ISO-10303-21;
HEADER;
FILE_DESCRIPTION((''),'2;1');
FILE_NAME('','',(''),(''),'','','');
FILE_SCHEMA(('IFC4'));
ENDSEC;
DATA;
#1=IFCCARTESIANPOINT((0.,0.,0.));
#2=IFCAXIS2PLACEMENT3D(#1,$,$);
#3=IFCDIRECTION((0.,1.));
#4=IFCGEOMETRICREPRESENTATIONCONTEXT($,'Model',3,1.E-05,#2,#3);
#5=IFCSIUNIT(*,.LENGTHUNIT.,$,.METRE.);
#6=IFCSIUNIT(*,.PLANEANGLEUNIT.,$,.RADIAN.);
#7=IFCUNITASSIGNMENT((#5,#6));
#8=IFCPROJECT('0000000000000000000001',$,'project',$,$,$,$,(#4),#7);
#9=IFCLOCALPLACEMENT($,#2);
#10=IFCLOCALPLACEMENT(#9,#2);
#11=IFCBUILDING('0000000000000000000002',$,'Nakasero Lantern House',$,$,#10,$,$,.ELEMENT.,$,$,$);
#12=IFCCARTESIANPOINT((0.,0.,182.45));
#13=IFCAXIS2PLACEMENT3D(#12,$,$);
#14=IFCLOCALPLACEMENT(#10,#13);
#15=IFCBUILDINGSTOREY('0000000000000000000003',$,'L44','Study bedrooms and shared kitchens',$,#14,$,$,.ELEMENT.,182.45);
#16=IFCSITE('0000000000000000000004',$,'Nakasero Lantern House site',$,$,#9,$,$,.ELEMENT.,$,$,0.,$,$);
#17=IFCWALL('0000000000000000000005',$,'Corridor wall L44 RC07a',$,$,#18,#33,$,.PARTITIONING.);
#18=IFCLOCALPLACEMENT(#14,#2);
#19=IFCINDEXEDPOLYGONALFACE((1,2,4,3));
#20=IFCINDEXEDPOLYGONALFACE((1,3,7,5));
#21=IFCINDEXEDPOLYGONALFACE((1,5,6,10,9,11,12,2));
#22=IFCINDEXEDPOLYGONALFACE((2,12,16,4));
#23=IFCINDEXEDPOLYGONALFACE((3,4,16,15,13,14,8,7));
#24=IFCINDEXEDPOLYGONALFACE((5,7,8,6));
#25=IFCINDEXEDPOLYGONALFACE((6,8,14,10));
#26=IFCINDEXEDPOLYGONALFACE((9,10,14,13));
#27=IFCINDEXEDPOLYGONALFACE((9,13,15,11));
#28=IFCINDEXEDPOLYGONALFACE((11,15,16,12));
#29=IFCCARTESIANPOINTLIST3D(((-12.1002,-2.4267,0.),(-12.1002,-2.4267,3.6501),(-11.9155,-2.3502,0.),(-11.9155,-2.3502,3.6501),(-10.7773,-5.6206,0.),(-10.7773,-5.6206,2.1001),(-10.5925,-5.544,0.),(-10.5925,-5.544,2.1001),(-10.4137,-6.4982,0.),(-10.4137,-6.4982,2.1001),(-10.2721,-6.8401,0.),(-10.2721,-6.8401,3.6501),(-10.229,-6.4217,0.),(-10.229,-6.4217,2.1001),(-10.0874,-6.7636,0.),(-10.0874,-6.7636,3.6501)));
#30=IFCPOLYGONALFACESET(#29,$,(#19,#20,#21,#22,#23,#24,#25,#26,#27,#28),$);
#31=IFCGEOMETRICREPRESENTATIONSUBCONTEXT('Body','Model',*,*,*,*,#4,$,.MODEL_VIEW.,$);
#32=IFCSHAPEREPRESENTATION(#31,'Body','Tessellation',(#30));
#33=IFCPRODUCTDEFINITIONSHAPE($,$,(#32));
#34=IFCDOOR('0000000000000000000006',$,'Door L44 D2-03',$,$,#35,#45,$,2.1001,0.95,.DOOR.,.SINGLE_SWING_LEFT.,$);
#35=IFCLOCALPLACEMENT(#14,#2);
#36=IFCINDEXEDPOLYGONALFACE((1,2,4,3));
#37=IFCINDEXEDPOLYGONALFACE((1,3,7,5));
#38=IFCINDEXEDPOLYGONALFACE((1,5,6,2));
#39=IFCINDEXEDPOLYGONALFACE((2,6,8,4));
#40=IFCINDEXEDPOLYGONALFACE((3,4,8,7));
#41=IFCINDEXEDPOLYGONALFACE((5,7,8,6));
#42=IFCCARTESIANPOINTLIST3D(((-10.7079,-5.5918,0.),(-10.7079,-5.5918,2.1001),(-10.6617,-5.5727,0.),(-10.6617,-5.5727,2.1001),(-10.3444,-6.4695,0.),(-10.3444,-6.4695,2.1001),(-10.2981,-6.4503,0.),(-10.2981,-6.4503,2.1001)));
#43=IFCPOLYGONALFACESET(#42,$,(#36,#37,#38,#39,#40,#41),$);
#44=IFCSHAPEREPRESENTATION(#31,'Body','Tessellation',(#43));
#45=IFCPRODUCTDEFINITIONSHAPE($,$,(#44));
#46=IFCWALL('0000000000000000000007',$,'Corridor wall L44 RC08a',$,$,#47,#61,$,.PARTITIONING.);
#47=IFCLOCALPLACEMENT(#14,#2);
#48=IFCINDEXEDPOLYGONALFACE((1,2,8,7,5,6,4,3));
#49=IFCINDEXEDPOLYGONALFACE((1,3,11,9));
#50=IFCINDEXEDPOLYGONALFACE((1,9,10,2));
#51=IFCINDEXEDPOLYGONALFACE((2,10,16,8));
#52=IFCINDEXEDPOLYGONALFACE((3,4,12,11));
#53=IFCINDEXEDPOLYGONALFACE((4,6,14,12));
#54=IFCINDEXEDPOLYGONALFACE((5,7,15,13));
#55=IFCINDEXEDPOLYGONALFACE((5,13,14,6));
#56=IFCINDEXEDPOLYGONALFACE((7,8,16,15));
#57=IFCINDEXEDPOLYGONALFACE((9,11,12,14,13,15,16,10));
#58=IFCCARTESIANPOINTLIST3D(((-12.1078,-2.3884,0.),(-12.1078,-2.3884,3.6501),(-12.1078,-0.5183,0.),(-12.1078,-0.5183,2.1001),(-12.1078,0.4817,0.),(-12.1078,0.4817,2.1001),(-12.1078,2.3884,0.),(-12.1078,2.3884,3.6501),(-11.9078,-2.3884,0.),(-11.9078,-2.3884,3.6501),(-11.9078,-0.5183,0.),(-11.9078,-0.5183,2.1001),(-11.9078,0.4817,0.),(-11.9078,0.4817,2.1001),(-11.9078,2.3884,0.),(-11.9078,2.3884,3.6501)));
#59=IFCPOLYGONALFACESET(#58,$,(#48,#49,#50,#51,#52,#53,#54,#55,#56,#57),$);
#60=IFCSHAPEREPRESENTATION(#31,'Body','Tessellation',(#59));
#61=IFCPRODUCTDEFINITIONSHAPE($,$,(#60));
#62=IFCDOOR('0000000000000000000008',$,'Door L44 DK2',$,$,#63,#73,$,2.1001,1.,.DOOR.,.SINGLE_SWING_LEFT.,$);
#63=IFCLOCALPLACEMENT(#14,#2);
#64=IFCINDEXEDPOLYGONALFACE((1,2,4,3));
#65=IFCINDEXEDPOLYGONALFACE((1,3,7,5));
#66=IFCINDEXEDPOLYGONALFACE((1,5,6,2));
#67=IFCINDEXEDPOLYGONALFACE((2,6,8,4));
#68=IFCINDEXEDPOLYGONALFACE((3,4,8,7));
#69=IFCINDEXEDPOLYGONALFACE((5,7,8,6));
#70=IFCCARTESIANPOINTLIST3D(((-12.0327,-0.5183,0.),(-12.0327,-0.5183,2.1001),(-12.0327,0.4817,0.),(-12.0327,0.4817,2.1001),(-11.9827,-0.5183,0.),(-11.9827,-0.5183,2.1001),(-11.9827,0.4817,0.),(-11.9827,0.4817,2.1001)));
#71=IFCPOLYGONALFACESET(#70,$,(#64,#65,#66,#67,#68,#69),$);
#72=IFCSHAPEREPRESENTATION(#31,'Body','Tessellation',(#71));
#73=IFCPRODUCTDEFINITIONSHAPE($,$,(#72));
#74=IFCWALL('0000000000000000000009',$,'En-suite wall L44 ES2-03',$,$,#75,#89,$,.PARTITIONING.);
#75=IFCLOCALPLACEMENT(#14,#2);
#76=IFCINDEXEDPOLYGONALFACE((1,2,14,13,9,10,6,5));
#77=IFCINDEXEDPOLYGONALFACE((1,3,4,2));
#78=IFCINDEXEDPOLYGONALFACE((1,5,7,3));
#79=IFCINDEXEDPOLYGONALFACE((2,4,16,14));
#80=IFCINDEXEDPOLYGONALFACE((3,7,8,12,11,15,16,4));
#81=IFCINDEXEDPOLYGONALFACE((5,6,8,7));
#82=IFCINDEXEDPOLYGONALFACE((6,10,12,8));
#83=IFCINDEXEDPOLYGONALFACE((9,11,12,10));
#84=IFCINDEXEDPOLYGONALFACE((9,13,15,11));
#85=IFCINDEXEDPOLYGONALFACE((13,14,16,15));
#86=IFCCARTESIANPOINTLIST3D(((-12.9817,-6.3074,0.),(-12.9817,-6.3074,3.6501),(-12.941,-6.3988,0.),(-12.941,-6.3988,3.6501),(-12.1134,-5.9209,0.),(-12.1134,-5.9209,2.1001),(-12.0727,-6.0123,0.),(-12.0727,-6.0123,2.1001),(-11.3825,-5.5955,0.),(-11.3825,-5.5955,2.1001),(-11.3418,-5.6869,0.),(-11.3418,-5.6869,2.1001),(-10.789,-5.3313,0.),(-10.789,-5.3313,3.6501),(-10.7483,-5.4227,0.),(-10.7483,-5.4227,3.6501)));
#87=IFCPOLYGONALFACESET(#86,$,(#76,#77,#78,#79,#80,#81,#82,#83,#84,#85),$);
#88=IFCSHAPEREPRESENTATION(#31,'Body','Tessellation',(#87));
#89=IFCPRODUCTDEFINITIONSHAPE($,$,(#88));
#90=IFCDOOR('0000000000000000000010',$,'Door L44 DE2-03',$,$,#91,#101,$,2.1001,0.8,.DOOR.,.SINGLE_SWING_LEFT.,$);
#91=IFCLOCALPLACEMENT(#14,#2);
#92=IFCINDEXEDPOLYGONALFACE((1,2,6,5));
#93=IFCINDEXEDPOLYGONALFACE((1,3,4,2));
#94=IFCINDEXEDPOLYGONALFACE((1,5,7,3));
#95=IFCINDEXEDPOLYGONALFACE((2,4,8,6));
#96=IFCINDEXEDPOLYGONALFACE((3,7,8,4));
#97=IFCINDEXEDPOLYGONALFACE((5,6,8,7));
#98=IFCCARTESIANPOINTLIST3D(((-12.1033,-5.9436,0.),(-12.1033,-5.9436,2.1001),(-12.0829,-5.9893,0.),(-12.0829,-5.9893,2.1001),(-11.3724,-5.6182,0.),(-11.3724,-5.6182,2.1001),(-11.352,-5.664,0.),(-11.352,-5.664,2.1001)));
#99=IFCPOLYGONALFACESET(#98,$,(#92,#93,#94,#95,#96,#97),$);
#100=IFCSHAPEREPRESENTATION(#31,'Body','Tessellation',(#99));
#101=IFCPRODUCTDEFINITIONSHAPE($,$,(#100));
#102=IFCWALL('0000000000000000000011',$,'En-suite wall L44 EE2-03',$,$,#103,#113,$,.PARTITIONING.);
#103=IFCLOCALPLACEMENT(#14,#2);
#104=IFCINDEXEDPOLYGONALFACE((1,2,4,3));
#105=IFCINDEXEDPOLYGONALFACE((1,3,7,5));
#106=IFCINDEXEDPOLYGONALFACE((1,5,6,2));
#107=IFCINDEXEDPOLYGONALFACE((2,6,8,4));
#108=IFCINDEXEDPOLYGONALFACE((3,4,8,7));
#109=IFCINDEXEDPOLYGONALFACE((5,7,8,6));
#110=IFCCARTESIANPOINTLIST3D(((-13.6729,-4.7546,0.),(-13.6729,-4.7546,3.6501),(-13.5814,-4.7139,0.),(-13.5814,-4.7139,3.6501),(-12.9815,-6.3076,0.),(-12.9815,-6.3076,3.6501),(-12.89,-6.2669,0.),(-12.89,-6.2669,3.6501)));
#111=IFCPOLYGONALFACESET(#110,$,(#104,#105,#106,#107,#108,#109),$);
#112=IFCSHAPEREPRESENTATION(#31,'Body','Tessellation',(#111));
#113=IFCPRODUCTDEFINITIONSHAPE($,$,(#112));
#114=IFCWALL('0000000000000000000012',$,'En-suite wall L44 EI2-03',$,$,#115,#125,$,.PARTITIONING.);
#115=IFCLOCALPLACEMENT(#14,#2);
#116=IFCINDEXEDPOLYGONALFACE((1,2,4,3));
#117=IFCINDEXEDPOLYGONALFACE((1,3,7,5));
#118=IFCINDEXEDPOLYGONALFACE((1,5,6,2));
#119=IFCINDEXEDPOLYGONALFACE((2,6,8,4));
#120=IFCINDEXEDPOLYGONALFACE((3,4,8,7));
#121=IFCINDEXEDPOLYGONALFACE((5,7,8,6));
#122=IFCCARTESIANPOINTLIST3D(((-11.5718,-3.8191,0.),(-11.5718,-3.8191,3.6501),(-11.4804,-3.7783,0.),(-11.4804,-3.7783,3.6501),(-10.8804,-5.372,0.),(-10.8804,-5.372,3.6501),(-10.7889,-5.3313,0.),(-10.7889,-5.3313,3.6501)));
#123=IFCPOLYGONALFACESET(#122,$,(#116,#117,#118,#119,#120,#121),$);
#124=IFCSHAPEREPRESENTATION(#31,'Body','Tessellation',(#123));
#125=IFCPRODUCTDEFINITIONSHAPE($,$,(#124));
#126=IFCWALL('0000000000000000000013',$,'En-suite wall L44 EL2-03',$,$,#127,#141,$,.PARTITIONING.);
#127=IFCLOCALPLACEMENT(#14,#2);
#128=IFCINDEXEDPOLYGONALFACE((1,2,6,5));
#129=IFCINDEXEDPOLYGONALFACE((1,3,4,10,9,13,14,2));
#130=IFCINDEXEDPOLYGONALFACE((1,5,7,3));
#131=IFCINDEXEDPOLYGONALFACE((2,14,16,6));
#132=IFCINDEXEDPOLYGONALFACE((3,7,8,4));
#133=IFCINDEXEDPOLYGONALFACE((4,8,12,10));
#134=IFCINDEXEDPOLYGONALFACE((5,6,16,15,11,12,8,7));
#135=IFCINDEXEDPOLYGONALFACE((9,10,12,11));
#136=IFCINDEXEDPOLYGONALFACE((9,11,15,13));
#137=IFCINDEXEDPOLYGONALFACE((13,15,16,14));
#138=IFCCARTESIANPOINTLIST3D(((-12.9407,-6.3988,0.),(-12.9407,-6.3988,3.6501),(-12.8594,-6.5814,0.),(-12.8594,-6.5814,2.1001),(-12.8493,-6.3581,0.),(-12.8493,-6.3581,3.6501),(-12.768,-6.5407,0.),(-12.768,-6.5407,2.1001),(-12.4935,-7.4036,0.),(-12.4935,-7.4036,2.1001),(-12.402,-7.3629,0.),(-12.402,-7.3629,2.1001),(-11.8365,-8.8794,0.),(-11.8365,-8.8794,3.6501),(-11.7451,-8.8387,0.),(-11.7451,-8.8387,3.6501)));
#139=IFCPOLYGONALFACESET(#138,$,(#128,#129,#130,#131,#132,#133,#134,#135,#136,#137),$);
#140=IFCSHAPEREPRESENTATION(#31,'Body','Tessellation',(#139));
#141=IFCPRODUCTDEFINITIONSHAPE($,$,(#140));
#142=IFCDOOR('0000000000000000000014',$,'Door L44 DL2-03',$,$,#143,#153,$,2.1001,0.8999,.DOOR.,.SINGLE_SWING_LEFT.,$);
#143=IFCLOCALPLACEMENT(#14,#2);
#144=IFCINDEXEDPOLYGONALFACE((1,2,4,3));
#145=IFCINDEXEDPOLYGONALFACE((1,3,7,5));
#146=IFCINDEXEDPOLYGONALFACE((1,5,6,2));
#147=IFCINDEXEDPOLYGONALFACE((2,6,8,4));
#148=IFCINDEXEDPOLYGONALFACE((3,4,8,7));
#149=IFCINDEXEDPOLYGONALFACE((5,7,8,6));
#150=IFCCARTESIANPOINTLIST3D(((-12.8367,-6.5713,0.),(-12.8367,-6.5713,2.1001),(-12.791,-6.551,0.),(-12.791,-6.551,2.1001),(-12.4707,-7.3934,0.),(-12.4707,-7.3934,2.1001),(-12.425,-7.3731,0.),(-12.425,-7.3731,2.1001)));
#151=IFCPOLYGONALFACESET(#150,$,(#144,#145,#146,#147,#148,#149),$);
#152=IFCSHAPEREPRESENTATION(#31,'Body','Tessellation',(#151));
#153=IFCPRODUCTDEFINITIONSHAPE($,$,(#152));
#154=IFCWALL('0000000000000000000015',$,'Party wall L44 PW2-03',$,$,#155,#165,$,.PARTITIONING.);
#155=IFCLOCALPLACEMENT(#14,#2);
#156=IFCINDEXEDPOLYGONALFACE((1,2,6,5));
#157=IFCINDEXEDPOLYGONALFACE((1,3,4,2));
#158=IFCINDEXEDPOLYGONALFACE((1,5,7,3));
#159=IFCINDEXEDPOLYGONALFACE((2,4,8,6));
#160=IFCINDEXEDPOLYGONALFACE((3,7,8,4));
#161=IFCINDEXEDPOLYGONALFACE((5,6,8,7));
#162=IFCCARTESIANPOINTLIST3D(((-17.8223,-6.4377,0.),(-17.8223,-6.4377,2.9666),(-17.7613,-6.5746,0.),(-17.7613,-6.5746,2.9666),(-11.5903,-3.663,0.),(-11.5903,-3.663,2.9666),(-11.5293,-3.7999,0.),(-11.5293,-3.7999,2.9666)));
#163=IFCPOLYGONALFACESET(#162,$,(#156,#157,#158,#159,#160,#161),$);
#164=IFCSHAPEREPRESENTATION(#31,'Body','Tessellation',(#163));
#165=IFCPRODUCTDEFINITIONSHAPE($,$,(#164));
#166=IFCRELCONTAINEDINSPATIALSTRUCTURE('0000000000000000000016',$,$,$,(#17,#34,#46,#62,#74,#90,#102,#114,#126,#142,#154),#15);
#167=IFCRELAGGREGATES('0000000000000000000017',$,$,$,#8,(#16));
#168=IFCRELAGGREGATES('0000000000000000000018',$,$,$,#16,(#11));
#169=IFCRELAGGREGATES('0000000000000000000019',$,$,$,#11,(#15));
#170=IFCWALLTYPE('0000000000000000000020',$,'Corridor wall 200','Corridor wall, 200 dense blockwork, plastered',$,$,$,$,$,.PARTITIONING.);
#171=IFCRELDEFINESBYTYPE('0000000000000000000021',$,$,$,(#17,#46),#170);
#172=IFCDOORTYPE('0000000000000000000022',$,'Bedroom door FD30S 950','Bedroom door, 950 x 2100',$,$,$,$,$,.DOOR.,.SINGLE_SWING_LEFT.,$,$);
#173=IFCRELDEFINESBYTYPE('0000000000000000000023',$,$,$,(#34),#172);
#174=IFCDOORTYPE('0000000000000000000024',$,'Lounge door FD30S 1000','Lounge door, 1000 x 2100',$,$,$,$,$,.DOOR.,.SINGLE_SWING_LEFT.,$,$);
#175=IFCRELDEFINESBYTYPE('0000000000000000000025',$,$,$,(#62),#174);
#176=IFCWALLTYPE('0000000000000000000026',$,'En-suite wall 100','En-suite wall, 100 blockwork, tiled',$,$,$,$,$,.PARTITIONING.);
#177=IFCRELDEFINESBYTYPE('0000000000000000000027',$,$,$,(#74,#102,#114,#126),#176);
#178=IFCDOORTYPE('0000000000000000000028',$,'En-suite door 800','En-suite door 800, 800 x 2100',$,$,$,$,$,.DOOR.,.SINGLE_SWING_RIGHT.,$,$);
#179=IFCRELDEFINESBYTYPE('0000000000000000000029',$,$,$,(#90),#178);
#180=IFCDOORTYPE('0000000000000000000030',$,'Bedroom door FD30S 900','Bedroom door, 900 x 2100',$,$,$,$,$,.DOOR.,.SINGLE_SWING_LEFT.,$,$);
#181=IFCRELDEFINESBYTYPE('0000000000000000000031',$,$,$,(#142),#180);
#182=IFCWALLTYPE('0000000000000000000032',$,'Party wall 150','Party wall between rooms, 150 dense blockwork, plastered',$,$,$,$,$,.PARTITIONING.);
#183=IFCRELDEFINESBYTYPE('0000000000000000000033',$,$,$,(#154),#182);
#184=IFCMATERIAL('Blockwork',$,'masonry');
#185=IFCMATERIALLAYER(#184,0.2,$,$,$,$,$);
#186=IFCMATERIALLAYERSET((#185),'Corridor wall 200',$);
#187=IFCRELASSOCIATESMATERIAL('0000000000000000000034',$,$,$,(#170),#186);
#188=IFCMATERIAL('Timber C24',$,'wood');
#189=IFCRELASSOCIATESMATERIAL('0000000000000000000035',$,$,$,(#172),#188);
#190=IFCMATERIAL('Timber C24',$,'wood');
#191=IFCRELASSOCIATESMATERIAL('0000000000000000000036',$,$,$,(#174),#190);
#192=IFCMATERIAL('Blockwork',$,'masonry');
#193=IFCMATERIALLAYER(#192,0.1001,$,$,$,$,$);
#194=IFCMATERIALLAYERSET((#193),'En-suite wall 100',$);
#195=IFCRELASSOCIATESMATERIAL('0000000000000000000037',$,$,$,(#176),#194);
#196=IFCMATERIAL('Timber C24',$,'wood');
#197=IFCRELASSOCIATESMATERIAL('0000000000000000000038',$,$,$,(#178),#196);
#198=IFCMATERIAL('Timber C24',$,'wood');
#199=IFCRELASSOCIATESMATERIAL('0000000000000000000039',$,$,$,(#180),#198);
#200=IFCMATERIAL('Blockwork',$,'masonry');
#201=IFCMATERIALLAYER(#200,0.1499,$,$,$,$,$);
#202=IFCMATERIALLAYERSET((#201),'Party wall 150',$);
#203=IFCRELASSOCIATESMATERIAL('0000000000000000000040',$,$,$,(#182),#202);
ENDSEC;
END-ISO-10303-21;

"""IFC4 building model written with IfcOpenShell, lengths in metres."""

from ifc_helpers import new_model, si_unit, direction, frame, frame_2d, origin, place, context, subcontext, project, spatial, rectangle, extrude, material, layer, layer_set, type_object, element, fill, save


model = new_model("IFC4")

# Units and contexts
model_context = context("Model", 3, precision=1e-05, world=origin(), true_north=direction((0.0, 1.0)))
body_context = subcontext(model_context, "Body", "Model", "MODEL_VIEW")
ifc_project = project(units=[si_unit("LENGTHUNIT", "METRE"), si_unit("PLANEANGLEUNIT", "RADIAN")], contexts=[model_context])

# Site, building, storey
site_placement = place(None, origin())
site = spatial("IfcSite", under=ifc_project, at=site_placement, Name="Nakasero Lantern House site", CompositionType="ELEMENT", RefElevation=0.0)
building_placement = place(site_placement, origin())
building = spatial("IfcBuilding", under=site, at=building_placement, Name="Nakasero Lantern House", CompositionType="ELEMENT")
storey_placement = place(building_placement, frame((0.0, 0.0, 182.45)))
storey = spatial("IfcBuildingStorey", under=building, at=storey_placement, Name="L44", Description="Study bedrooms and shared kitchens", CompositionType="ELEMENT", Elevation=182.45)

# Walls, openings, doors
ifc_material_1 = material(Name="Blockwork", Category="masonry")
ifc_layer_1 = layer(ifc_material_1, 0.2)
ifc_layer_set_1 = layer_set([ifc_layer_1], Name="Corridor wall 200")
wall_type_1 = type_object("IfcWallType", Name="Corridor wall 200", Description="Corridor wall, 200 dense blockwork, plastered", PredefinedType="PARTITIONING", material=ifc_layer_set_1)
wall_1_placement = place(storey_placement, frame((-10.1797, -6.802, 0.0), z_axis=(0.0, 0.0, 1.0), x_axis=(-0.382677, 0.923882, 0.0)))
wall_1 = element("IfcWall", 1, at=wall_1_placement, inside=storey, type_object=wall_type_1, Name="Corridor wall L44 RC07a", PredefinedType="PARTITIONING", context=body_context, shape_type="SweptSolid", body=[
    extrude(rectangle(XDim=4.7771, YDim=0.2, at=frame_2d((2.3887, 0.0))), origin(), (0.0, 0.0, 1.0), 3.6501),
])
opening_1_placement = place(wall_1_placement, frame((0.3701, 0.0, 0.0)))
opening_1 = element("IfcOpeningElement", 2, at=opening_1_placement, cuts=wall_1, PredefinedType="OPENING", context=body_context, shape_type="SweptSolid", body=[
    extrude(rectangle(XDim=0.95, YDim=2.1001, at=frame_2d((0.4751, 1.05))), frame((0.0, 0.1199, 0.0), z_axis=(0.0, -1.0, 0.0), x_axis=(1.0, 0.0, 0.0)), (0.0, 0.0, 1.0), 0.24),
])
ifc_material_2 = material(Name="Timber C24", Category="wood")
door_type_1 = type_object("IfcDoorType", Name="Bedroom door FD30S 950", Description="Bedroom door, 950 x 2100", OperationType="SINGLE_SWING_LEFT", PredefinedType="DOOR", material=ifc_material_2)
door_1_placement = place(opening_1_placement, origin())
door_1 = element("IfcDoor", 3, at=door_1_placement, inside=storey, type_object=door_type_1, Name="Door L44 D2-03", OperationType="SINGLE_SWING_LEFT", OverallHeight=2.1001, OverallWidth=0.95, PredefinedType="DOOR", context=body_context, shape_type="SweptSolid", body=[
    extrude(rectangle(XDim=0.95, YDim=2.1001, at=frame_2d((0.4751, 1.05))), frame((0.0, 0.0249, 0.0), z_axis=(0.0, -1.0, 0.0), x_axis=(1.0, 0.0, 0.0)), (0.0, 0.0, 1.0), 0.05),
])
fill(opening_1, door_1)
wall_2_placement = place(storey_placement, frame((-12.0078, -2.3884, 0.0), z_axis=(0.0, 0.0, 1.0), x_axis=(0.0, 1.0, 0.0)))
wall_2 = element("IfcWall", 4, at=wall_2_placement, inside=storey, type_object=wall_type_1, Name="Corridor wall L44 RC08a", PredefinedType="PARTITIONING", context=body_context, shape_type="SweptSolid", body=[
    extrude(rectangle(XDim=4.7769, YDim=0.2, at=frame_2d((2.3884, 0.0))), origin(), (0.0, 0.0, 1.0), 3.6501),
])
opening_2_placement = place(wall_2_placement, frame((1.8701, 0.0, 0.0)))
opening_2 = element("IfcOpeningElement", 5, at=opening_2_placement, cuts=wall_2, PredefinedType="OPENING", context=body_context, shape_type="SweptSolid", body=[
    extrude(rectangle(XDim=1.0, YDim=2.1001, at=frame_2d((0.5, 1.05))), frame((0.0, 0.1199, 0.0), z_axis=(0.0, -1.0, 0.0), x_axis=(1.0, 0.0, 0.0)), (0.0, 0.0, 1.0), 0.24),
])
ifc_material_3 = material(Name="Timber C24", Category="wood")
door_type_2 = type_object("IfcDoorType", Name="Lounge door FD30S 1000", Description="Lounge door, 1000 x 2100", OperationType="SINGLE_SWING_LEFT", PredefinedType="DOOR", material=ifc_material_3)
door_2_placement = place(opening_2_placement, origin())
door_2 = element("IfcDoor", 6, at=door_2_placement, inside=storey, type_object=door_type_2, Name="Door L44 DK2", OperationType="SINGLE_SWING_LEFT", OverallHeight=2.1001, OverallWidth=1.0, PredefinedType="DOOR", context=body_context, shape_type="SweptSolid", body=[
    extrude(rectangle(XDim=1.0, YDim=2.1001, at=frame_2d((0.5, 1.05))), frame((0.0, 0.0249, 0.0), z_axis=(0.0, -1.0, 0.0), x_axis=(1.0, 0.0, 0.0)), (0.0, 0.0, 1.0), 0.05),
])
fill(opening_2, door_2)
ifc_material_4 = material(Name="Blockwork", Category="masonry")
ifc_layer_2 = layer(ifc_material_4, 0.1001)
ifc_layer_set_2 = layer_set([ifc_layer_2], Name="En-suite wall 100")
wall_type_2 = type_object("IfcWallType", Name="En-suite wall 100", Description="En-suite wall, 100 blockwork, tiled", PredefinedType="PARTITIONING", material=ifc_layer_set_2)
wall_3_placement = place(storey_placement, frame((-10.7686, -5.377, 0.0), z_axis=(0.0, 0.0, 1.0), x_axis=(-0.913568, -0.406686, 0.0)))
wall_3 = element("IfcWall", 7, at=wall_3_placement, inside=storey, type_object=wall_type_2, Name="En-suite wall L44 ES2-03", PredefinedType="PARTITIONING", context=body_context, shape_type="SweptSolid", body=[
    extrude(rectangle(XDim=2.4001, YDim=0.1001, at=frame_2d((1.2002, 0.0))), origin(), (0.0, 0.0, 1.0), 3.6501),
])
opening_3_placement = place(wall_3_placement, frame((0.6499, 0.0, 0.0)))
opening_3 = element("IfcOpeningElement", 8, at=opening_3_placement, cuts=wall_3, PredefinedType="OPENING", context=body_context, shape_type="SweptSolid", body=[
    extrude(rectangle(XDim=0.8, YDim=2.1001, at=frame_2d((0.3999, 1.05))), frame((0.0, 0.0701, 0.0), z_axis=(0.0, -1.0, 0.0), x_axis=(1.0, 0.0, 0.0)), (0.0, 0.0, 1.0), 0.1401),
])
ifc_material_5 = material(Name="Timber C24", Category="wood")
door_type_3 = type_object("IfcDoorType", Name="En-suite door 800", Description="En-suite door 800, 800 x 2100", OperationType="SINGLE_SWING_RIGHT", PredefinedType="DOOR", material=ifc_material_5)
door_3_placement = place(opening_3_placement, origin())
door_3 = element("IfcDoor", 9, at=door_3_placement, inside=storey, type_object=door_type_3, Name="Door L44 DE2-03", OperationType="SINGLE_SWING_LEFT", OverallHeight=2.1001, OverallWidth=0.8, PredefinedType="DOOR", context=body_context, shape_type="SweptSolid", body=[
    extrude(rectangle(XDim=0.8, YDim=2.1001, at=frame_2d((0.3999, 1.05))), frame((0.0, 0.0249, 0.0), z_axis=(0.0, -1.0, 0.0), x_axis=(1.0, 0.0, 0.0)), (0.0, 0.0, 1.0), 0.05),
])
fill(opening_3, door_3)

# Walls
for number, where, z_axis, x_axis, name in (
    (10, (-13.6272, -4.7341, 0.0), (0.0, 0.0, 1.0), (0.406725, -0.913551, 0.0), "En-suite wall L44 EE2-03"),
    (11, (-11.5261, -3.7986, 0.0), (0.0, 0.0, 1.0), (0.406725, -0.913551, 0.0), "En-suite wall L44 EI2-03"),
):
    element("IfcWall", number, at=place(storey_placement, frame(where, z_axis=z_axis, x_axis=x_axis)), inside=storey, type_object=wall_type_2, Name=name, PredefinedType="PARTITIONING", context=body_context, shape_type="SweptSolid", body=[
        extrude(rectangle(XDim=1.7, YDim=0.1001, at=frame_2d((0.8501, 0.0))), origin(), (0.0, 0.0, 1.0), 3.6501),
    ])

# Wall, opening, door
wall_4_placement = place(storey_placement, frame((-12.895, -6.3784, 0.0), z_axis=(0.0, 0.0, 1.0), x_axis=(0.406664, -0.913578, 0.0)))
wall_4 = element("IfcWall", 12, at=wall_4_placement, inside=storey, type_object=wall_type_2, Name="En-suite wall L44 EL2-03", PredefinedType="PARTITIONING", context=body_context, shape_type="SweptSolid", body=[
    extrude(rectangle(XDim=2.7153, YDim=0.1001, at=frame_2d((1.3577, 0.0))), origin(), (0.0, 0.0, 1.0), 3.6501),
])
opening_4_placement = place(wall_4_placement, frame((0.2, 0.0, 0.0)))
opening_4 = element("IfcOpeningElement", 13, at=opening_4_placement, cuts=wall_4, PredefinedType="OPENING", context=body_context, shape_type="SweptSolid", body=[
    extrude(rectangle(XDim=0.8999, YDim=2.1001, at=frame_2d((0.45, 1.05))), frame((0.0, 0.0701, 0.0), z_axis=(0.0, -1.0, 0.0), x_axis=(1.0, 0.0, 0.0)), (0.0, 0.0, 1.0), 0.1401),
])
ifc_material_6 = material(Name="Timber C24", Category="wood")
door_type_4 = type_object("IfcDoorType", Name="Bedroom door FD30S 900", Description="Bedroom door, 900 x 2100", OperationType="SINGLE_SWING_LEFT", PredefinedType="DOOR", material=ifc_material_6)
door_4_placement = place(opening_4_placement, origin())
door_4 = element("IfcDoor", 14, at=door_4_placement, inside=storey, type_object=door_type_4, Name="Door L44 DL2-03", OperationType="SINGLE_SWING_LEFT", OverallHeight=2.1001, OverallWidth=0.8999, PredefinedType="DOOR", context=body_context, shape_type="SweptSolid", body=[
    extrude(rectangle(XDim=0.8999, YDim=2.1001, at=frame_2d((0.45, 1.05))), frame((0.0, 0.0249, 0.0), z_axis=(0.0, -1.0, 0.0), x_axis=(1.0, 0.0, 0.0)), (0.0, 0.0, 1.0), 0.05),
])
fill(opening_4, door_4)

# Wall
ifc_material_7 = material(Name="Blockwork", Category="masonry")
ifc_layer_3 = layer(ifc_material_7, 0.1499)
ifc_layer_set_3 = layer_set([ifc_layer_3], Name="Party wall 150")
wall_type_3 = type_object("IfcWallType", Name="Party wall 150", Description="Party wall between rooms, 150 dense blockwork, plastered", PredefinedType="PARTITIONING", material=ifc_layer_set_3)
wall_5_placement = place(storey_placement, frame((-11.5598, -3.7314, 0.0), z_axis=(0.0, 0.0, 1.0), x_axis=(-0.913544, -0.406739, 0.0)))
element("IfcWall", 15, at=wall_5_placement, inside=storey, type_object=wall_type_3, Name="Party wall L44 PW2-03", PredefinedType="PARTITIONING", context=body_context, shape_type="SweptSolid", body=[
    extrude(rectangle(XDim=6.8218, YDim=0.1499, at=frame_2d((3.4109, 0.0))), origin(), (0.0, 0.0, 1.0), 2.9666),
])

save(model, "model.ifc")
